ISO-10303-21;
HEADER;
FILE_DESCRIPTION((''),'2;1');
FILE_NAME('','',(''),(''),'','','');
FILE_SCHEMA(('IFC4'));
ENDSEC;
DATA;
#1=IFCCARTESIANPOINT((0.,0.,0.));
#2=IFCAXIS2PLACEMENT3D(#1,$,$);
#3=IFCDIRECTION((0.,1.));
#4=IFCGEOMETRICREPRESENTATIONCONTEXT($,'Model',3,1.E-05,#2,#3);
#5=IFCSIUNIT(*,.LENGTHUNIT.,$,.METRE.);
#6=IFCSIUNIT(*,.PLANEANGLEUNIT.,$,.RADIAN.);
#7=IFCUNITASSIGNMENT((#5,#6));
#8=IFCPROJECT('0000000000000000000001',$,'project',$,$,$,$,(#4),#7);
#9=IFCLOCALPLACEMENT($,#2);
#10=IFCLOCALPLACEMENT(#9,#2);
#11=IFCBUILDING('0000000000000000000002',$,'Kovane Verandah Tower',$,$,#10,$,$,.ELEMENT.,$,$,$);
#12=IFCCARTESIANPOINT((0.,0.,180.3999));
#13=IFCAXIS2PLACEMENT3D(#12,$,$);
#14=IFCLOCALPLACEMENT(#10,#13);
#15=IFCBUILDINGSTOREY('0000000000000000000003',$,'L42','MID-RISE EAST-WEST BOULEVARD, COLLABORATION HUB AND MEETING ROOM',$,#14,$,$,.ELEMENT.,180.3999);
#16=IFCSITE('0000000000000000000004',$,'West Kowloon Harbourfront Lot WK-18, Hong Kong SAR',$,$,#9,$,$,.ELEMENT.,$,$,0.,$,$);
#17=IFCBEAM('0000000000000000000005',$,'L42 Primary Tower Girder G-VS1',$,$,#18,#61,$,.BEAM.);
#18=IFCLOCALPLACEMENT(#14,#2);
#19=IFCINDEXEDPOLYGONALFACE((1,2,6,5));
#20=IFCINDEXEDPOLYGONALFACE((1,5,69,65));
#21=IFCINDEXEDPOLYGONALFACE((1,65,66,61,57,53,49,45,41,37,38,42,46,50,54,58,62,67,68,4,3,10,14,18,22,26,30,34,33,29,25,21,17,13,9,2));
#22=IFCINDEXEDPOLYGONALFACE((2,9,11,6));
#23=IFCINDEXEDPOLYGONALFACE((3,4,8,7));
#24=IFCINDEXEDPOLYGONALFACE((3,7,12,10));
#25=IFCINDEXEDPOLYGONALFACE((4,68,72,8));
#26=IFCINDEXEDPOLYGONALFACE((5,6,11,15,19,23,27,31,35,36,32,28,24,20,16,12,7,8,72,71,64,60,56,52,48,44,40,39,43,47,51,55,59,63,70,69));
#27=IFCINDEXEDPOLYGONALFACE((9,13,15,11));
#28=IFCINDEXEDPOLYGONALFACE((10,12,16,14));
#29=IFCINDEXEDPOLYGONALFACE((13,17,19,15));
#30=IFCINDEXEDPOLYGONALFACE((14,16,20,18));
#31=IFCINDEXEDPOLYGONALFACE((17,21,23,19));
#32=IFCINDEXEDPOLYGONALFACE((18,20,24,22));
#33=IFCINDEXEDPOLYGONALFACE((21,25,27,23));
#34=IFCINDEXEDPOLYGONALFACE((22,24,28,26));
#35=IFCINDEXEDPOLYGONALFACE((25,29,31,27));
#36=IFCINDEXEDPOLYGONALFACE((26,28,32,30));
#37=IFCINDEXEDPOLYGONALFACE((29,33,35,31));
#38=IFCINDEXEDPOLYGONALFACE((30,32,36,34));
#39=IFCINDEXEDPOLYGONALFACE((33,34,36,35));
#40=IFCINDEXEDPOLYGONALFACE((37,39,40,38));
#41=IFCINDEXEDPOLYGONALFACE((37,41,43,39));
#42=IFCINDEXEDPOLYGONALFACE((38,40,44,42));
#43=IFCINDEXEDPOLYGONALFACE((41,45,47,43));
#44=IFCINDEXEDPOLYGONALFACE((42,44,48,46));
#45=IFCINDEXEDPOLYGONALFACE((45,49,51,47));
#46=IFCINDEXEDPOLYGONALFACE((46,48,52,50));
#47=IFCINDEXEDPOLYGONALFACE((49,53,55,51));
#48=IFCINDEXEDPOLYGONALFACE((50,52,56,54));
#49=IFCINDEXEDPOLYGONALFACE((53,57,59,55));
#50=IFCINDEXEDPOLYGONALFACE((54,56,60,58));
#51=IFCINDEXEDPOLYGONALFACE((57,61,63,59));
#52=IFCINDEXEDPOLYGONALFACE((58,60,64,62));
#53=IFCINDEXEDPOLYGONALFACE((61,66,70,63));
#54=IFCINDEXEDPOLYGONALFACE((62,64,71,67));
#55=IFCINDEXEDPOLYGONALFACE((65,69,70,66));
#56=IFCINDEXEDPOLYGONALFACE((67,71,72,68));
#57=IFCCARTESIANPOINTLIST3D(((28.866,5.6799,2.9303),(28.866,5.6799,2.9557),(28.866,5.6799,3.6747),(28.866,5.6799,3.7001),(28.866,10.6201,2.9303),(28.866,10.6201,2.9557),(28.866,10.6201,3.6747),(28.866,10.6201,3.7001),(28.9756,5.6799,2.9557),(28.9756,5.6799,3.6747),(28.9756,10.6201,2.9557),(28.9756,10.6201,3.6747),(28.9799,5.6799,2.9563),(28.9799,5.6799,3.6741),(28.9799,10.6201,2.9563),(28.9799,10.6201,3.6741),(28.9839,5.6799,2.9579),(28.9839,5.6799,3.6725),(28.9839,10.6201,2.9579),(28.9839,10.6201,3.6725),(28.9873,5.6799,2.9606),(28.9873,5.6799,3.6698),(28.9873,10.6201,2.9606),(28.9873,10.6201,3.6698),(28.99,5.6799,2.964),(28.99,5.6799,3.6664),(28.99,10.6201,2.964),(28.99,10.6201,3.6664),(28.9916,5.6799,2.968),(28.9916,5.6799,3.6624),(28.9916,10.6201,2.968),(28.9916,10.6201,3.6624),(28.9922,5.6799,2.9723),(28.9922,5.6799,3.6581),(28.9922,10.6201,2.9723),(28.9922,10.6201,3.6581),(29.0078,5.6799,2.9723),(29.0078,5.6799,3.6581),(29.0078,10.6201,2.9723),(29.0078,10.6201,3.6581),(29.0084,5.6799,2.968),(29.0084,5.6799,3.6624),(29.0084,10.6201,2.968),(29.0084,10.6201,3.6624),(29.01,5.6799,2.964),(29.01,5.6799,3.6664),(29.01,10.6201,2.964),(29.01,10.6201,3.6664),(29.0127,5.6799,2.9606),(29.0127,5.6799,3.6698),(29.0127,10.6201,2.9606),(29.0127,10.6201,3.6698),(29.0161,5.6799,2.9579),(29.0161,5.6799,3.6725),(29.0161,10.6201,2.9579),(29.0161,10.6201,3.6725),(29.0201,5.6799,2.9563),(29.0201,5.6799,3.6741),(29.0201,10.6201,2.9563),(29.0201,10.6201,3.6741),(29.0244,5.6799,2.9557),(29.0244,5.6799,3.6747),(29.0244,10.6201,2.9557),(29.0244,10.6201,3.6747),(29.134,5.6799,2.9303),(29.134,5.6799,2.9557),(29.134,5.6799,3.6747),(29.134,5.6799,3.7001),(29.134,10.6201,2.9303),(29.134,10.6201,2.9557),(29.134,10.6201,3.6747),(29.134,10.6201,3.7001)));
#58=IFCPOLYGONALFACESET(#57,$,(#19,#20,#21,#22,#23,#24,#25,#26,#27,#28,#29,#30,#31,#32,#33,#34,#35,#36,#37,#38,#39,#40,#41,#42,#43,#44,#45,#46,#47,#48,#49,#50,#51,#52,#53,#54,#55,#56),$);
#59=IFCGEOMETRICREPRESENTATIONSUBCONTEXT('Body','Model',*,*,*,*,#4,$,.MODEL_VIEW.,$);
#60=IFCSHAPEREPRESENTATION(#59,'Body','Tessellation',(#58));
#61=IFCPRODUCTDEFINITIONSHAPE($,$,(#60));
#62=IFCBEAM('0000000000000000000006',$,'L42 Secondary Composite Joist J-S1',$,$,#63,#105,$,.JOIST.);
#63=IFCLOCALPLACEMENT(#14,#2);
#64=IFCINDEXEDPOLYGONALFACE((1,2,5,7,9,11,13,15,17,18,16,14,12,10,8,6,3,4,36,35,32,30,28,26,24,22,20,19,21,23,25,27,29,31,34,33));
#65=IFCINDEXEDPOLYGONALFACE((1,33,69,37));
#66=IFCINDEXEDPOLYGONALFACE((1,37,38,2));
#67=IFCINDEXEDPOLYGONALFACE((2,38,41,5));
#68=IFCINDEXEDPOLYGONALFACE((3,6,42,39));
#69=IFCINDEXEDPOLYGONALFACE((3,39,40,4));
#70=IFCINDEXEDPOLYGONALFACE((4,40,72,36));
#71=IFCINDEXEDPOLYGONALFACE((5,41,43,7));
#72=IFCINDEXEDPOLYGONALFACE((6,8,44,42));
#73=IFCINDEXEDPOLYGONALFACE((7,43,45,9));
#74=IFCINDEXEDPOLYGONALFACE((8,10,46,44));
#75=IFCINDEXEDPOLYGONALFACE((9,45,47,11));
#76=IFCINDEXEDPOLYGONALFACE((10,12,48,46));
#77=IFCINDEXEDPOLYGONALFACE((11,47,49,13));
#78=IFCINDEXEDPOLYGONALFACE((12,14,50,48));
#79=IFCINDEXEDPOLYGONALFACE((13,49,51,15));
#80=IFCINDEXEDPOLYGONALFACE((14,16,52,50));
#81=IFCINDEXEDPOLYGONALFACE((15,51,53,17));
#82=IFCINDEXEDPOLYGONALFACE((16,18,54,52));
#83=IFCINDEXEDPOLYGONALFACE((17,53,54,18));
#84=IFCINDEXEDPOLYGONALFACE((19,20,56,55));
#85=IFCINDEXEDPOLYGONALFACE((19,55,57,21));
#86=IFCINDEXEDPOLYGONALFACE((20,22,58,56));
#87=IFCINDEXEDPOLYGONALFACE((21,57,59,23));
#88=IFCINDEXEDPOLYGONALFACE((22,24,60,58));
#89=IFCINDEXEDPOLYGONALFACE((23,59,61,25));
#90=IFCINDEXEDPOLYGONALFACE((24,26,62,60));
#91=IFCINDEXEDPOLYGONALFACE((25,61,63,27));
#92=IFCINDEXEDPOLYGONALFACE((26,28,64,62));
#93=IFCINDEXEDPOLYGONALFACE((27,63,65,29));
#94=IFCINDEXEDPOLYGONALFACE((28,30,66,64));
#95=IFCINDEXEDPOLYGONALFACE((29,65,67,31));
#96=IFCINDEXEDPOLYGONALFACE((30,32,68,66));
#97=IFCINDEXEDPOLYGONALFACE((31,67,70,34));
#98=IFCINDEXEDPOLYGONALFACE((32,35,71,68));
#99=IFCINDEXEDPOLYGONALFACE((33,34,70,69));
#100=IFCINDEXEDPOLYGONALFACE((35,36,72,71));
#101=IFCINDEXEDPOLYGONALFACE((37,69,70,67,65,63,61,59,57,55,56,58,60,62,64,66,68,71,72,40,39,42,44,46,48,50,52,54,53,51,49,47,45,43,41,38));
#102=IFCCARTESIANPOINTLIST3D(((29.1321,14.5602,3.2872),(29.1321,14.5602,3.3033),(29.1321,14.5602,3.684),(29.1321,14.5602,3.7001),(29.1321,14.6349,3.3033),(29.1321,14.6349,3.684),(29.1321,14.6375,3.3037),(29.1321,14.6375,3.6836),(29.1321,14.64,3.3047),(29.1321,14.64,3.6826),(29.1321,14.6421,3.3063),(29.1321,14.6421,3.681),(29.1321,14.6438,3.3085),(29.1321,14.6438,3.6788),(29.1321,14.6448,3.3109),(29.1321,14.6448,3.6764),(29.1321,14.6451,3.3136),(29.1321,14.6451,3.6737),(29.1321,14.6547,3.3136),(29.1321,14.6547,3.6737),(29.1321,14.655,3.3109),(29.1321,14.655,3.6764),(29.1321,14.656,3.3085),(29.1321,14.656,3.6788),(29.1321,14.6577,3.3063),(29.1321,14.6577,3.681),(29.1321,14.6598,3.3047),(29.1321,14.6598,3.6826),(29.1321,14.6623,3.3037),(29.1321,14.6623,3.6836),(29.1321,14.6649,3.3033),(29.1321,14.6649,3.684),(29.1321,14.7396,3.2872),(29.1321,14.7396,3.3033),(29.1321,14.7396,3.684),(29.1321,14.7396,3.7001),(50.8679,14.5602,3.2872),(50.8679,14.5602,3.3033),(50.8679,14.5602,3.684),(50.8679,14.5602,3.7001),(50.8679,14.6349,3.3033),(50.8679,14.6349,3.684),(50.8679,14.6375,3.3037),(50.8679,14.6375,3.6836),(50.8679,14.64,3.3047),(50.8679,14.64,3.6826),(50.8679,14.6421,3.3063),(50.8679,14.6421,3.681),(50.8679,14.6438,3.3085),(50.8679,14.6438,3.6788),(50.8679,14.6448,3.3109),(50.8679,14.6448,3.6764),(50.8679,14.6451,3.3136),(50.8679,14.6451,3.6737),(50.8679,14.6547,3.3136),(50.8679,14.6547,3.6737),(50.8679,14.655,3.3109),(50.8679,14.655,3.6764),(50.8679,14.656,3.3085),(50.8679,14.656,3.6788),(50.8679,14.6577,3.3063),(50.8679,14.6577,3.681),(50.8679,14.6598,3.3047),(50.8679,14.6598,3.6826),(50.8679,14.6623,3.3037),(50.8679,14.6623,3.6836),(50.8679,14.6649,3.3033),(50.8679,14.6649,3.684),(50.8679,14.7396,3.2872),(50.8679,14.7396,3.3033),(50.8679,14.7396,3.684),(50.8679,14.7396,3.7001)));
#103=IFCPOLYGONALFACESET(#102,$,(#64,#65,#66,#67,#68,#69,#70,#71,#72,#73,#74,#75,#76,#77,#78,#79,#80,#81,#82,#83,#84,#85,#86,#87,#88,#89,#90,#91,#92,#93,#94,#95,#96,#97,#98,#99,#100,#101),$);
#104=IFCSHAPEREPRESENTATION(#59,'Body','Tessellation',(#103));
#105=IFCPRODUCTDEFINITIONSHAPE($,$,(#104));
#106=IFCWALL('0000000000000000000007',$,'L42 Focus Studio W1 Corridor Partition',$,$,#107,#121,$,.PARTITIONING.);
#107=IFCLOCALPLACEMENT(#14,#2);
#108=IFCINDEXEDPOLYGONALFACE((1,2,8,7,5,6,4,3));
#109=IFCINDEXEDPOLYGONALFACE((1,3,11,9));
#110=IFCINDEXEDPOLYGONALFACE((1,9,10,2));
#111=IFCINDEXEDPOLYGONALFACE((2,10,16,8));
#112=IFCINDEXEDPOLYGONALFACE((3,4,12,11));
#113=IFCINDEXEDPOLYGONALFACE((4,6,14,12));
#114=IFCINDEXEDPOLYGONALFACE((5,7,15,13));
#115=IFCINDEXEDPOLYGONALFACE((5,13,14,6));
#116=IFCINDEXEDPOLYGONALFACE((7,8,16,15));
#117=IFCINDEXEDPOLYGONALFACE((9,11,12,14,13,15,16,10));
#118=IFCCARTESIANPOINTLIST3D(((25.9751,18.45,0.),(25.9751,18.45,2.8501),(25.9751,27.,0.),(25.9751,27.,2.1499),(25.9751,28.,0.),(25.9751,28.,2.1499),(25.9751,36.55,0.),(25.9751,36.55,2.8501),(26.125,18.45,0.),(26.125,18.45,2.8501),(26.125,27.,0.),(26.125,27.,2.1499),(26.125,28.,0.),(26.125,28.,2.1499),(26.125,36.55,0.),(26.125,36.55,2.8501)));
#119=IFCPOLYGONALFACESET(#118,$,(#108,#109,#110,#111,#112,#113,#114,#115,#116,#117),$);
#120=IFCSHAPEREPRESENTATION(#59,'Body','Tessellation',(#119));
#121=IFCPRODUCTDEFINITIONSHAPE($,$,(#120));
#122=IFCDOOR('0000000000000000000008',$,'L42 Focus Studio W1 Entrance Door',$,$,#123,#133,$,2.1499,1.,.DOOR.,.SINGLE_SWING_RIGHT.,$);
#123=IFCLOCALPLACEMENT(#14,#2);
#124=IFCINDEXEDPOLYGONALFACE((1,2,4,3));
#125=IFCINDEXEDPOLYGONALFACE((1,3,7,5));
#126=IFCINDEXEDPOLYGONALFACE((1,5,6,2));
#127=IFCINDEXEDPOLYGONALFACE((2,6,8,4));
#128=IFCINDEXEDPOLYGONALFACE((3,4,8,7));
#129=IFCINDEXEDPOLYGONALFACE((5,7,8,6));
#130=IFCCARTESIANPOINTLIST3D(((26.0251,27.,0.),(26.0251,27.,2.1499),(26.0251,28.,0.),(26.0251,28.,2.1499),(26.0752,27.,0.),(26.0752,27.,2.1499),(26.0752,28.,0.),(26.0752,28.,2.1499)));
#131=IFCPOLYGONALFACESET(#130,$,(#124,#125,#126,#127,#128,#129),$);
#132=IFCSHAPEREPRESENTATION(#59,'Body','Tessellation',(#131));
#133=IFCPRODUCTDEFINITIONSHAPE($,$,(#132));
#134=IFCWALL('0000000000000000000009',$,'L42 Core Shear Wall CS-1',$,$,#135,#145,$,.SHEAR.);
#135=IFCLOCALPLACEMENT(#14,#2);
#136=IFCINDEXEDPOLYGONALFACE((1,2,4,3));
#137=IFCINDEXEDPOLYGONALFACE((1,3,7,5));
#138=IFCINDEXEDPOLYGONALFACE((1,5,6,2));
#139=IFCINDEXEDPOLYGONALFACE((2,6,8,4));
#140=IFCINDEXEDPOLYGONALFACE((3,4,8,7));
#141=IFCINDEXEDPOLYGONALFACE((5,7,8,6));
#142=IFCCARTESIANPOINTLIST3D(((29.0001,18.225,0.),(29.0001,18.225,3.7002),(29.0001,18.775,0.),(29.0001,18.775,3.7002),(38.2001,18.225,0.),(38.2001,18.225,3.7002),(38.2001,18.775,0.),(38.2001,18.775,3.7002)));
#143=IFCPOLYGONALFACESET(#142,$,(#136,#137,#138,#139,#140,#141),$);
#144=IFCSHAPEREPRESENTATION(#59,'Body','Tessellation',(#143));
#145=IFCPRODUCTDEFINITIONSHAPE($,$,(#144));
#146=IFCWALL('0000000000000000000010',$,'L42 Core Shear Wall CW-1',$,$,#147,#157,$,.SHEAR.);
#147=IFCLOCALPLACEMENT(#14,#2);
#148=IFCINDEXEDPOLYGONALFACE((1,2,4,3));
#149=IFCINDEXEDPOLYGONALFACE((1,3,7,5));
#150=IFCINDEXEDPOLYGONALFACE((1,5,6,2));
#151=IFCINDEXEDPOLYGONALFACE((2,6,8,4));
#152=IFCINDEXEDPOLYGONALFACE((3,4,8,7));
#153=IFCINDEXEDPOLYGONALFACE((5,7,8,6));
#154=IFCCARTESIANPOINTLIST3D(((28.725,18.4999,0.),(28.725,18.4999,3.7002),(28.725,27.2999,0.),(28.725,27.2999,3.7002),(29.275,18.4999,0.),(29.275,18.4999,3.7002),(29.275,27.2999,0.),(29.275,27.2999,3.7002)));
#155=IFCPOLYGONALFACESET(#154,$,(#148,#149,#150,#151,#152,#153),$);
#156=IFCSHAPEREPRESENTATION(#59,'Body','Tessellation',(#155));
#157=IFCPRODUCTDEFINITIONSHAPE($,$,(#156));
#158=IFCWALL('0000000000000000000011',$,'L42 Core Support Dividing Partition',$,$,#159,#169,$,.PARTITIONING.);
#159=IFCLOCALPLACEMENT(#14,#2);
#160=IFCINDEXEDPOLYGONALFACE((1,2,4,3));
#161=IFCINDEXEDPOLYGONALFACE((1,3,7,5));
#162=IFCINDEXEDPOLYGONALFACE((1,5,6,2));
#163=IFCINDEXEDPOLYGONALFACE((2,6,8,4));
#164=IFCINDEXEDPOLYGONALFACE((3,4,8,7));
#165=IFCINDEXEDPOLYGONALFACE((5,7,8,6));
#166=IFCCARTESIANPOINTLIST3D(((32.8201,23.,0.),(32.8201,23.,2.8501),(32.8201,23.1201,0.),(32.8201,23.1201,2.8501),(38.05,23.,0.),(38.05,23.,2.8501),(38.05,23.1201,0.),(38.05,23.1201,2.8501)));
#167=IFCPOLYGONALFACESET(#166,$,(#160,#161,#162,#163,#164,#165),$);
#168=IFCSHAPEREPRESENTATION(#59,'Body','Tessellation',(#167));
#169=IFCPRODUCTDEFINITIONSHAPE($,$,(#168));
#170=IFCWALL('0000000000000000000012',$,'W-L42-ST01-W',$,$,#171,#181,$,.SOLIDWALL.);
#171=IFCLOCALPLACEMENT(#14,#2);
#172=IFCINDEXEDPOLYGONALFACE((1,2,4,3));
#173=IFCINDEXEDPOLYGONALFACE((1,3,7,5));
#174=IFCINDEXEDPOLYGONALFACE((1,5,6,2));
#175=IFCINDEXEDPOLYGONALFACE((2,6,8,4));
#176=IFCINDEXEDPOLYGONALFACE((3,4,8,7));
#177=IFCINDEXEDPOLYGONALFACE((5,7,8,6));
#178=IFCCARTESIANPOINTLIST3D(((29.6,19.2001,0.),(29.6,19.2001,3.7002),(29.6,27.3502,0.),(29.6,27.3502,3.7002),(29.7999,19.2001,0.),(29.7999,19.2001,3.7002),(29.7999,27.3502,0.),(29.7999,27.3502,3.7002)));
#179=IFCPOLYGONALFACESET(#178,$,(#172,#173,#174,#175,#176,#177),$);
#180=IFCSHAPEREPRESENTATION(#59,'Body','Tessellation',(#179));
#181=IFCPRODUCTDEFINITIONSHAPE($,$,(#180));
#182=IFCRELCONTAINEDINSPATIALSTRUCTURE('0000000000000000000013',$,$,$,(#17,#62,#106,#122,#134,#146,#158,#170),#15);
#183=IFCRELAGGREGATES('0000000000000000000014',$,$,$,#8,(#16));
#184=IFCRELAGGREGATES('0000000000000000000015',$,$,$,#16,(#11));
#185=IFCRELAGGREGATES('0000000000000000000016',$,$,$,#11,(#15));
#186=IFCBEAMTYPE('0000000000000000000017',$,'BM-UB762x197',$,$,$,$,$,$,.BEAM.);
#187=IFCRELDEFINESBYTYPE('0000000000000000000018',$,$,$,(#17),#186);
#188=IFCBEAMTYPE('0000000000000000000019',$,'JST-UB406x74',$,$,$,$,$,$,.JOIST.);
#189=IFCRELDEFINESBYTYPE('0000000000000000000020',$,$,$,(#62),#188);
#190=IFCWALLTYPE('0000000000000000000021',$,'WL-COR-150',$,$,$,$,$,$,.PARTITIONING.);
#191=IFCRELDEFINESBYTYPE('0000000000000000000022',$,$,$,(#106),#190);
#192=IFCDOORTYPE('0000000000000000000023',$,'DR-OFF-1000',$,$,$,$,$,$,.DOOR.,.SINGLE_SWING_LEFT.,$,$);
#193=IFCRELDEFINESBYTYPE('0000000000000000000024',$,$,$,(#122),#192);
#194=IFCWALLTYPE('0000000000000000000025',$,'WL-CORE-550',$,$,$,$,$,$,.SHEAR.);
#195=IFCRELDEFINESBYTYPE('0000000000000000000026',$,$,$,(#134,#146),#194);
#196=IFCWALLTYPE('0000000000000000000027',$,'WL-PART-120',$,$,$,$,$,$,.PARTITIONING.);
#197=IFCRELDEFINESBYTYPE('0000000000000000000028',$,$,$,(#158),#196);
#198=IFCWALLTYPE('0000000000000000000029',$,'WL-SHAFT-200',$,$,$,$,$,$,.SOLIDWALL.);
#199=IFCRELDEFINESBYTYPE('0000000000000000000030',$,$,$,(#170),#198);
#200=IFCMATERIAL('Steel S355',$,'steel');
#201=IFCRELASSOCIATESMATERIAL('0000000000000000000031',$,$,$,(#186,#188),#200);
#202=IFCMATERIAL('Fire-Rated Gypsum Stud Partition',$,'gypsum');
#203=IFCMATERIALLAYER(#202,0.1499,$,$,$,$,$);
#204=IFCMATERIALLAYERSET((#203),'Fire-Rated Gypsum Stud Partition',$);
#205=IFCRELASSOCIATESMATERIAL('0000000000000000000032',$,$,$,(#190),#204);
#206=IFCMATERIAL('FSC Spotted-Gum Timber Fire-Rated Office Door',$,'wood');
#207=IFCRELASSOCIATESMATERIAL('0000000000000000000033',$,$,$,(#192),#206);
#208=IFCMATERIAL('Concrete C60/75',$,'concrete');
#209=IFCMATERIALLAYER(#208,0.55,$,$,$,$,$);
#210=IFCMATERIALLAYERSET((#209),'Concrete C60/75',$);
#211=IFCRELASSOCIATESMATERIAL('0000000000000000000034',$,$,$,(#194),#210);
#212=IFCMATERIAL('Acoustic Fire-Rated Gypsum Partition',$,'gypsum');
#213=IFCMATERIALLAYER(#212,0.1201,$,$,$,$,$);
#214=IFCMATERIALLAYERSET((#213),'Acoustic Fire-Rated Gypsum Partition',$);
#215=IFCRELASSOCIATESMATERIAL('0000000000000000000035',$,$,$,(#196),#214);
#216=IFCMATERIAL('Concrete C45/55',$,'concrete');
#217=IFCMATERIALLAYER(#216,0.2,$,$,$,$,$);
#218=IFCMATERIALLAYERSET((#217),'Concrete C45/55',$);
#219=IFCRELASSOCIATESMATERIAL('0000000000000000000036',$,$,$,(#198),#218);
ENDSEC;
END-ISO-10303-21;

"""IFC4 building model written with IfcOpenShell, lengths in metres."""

from ifc_helpers import new_model, si_unit, direction, frame, frame_2d, origin, origin_2d, place, context, subcontext, project, spatial, rectangle, i_section, extrude, material, layer, layer_set, material_profile, profile_set, type_object, element, fill, save


model = new_model("IFC4")

# Units and contexts
model_context = context("Model", 3, precision=1e-05, world=origin(), true_north=direction((0.0, 1.0)))
body_context = subcontext(model_context, "Body", "Model", "MODEL_VIEW")
ifc_project = project(units=[si_unit("LENGTHUNIT", "METRE"), si_unit("PLANEANGLEUNIT", "RADIAN")], contexts=[model_context])

# Site, building, storey
site_placement = place(None, origin())
site = spatial("IfcSite", under=ifc_project, at=site_placement, Name="West Kowloon Harbourfront Lot WK-18, Hong Kong SAR", CompositionType="ELEMENT", RefElevation=0.0)
building_placement = place(site_placement, origin())
building = spatial("IfcBuilding", under=site, at=building_placement, Name="Kovane Verandah Tower", CompositionType="ELEMENT")
storey_placement = place(building_placement, frame((0.0, 0.0, 180.3999)))
storey = spatial("IfcBuildingStorey", under=building, at=storey_placement, Name="L42", Description="MID-RISE EAST-WEST BOULEVARD, COLLABORATION HUB AND MEETING ROOM", CompositionType="ELEMENT", Elevation=180.3999)

# Beams
ifc_material_1 = material(Name="Steel S355", Category="steel")
ifc_material_profile_1 = material_profile(ifc_material_1, i_section(OverallWidth=0.2681, OverallDepth=0.7698, WebThickness=0.0156, FlangeThickness=0.0254, FilletRadius=0.0166, at=origin_2d()), Name="UB762x267x197")
ifc_profile_set_1 = profile_set([ifc_material_profile_1], Name="Steel S355")
beam_type_1 = type_object("IfcBeamType", Name="BM-UB762x197", PredefinedType="BEAM", material=ifc_profile_set_1)
beam_1_placement = place(storey_placement, frame((29.0, 10.6201, 3.3152), z_axis=(0.0, -1.0, 0.0), x_axis=(1.0, 0.0, 0.0)))
element("IfcBeam", 1, at=beam_1_placement, inside=storey, type_object=beam_type_1, Name="L42 Primary Tower Girder G-VS1", PredefinedType="BEAM", context=body_context, shape_type="SweptSolid", body=[
    extrude(i_section(OverallWidth=0.2681, OverallDepth=0.7698, WebThickness=0.0156, FlangeThickness=0.0254, FilletRadius=0.0166, at=origin_2d()), origin(), (0.0, 0.0, 1.0), 4.9402),
])
ifc_material_profile_2 = material_profile(ifc_material_1, i_section(OverallWidth=0.1794, OverallDepth=0.4128, WebThickness=0.0095, FlangeThickness=0.0161, FilletRadius=0.0103, at=origin_2d()), Name="UB406x178x74")
ifc_profile_set_2 = profile_set([ifc_material_profile_2], Name="Steel S355")
beam_type_2 = type_object("IfcBeamType", Name="JST-UB406x74", PredefinedType="JOIST", material=ifc_profile_set_2)
beam_2_placement = place(storey_placement, frame((29.1321, 14.6499, 3.4937), z_axis=(1.0, 0.0, 0.0), x_axis=(0.0, 1.0, 0.0)))
element("IfcBeam", 2, at=beam_2_placement, inside=storey, type_object=beam_type_2, Name="L42 Secondary Composite Joist J-S1", PredefinedType="JOIST", context=body_context, shape_type="SweptSolid", body=[
    extrude(i_section(OverallWidth=0.1794, OverallDepth=0.4128, WebThickness=0.0095, FlangeThickness=0.0161, FilletRadius=0.0103, at=origin_2d()), origin(), (0.0, 0.0, 1.0), 21.7358),
])

# Wall, opening, door
ifc_material_2 = material(Name="Fire-Rated Gypsum Stud Partition", Category="gypsum")
ifc_layer_1 = layer(ifc_material_2, 0.1499)
ifc_layer_set_1 = layer_set([ifc_layer_1], Name="Fire-Rated Gypsum Stud Partition")
wall_type_1 = type_object("IfcWallType", Name="WL-COR-150", PredefinedType="PARTITIONING", material=ifc_layer_set_1)
wall_1_placement = place(storey_placement, frame((26.05, 18.45, 0.0), z_axis=(0.0, 0.0, 1.0), x_axis=(0.0, 1.0, 0.0)))
wall_1 = element("IfcWall", 3, at=wall_1_placement, inside=storey, type_object=wall_type_1, Name="L42 Focus Studio W1 Corridor Partition", PredefinedType="PARTITIONING", context=body_context, shape_type="SweptSolid", body=[
    extrude(rectangle(XDim=18.1001, YDim=0.1499, at=frame_2d((9.05, 0.0))), origin(), (0.0, 0.0, 1.0), 2.8501),
])
opening_placement = place(wall_1_placement, frame((8.55, 0.0, 0.0)))
opening = element("IfcOpeningElement", 4, at=opening_placement, cuts=wall_1, PredefinedType="OPENING", context=body_context, shape_type="SweptSolid", body=[
    extrude(rectangle(XDim=1.0, YDim=2.1499, at=frame_2d((0.5, 1.075))), frame((0.0, 0.075, 0.0), z_axis=(0.0, -1.0, 0.0), x_axis=(1.0, 0.0, 0.0)), (0.0, 0.0, 1.0), 0.1499),
])
ifc_material_3 = material(Name="FSC Spotted-Gum Timber Fire-Rated Office Door", Category="wood")
door_type = type_object("IfcDoorType", Name="DR-OFF-1000", OperationType="SINGLE_SWING_LEFT", PredefinedType="DOOR", material=ifc_material_3)
door_placement = place(opening_placement, origin())
door = element("IfcDoor", 5, at=door_placement, inside=storey, type_object=door_type, Name="L42 Focus Studio W1 Entrance Door", OperationType="SINGLE_SWING_RIGHT", OverallHeight=2.1499, OverallWidth=1.0, PredefinedType="DOOR", context=body_context, shape_type="SweptSolid", body=[
    extrude(rectangle(XDim=1.0, YDim=2.1499, at=frame_2d((0.5, 1.075))), frame((0.0, 0.0249, 0.0), z_axis=(0.0, -1.0, 0.0), x_axis=(1.0, 0.0, 0.0)), (0.0, 0.0, 1.0), 0.05),
])
fill(opening, door)

# Walls
ifc_material_4 = material(Name="Concrete C60/75", Category="concrete")
ifc_layer_2 = layer(ifc_material_4, 0.55)
ifc_layer_set_2 = layer_set([ifc_layer_2], Name="Concrete C60/75")
wall_type_2 = type_object("IfcWallType", Name="WL-CORE-550", PredefinedType="SHEAR", material=ifc_layer_set_2)
wall_2_placement = place(storey_placement, frame((29.0, 18.5, 0.0), z_axis=(0.0, 0.0, 1.0), x_axis=(1.0, 0.0, 0.0)))
element("IfcWall", 6, at=wall_2_placement, inside=storey, type_object=wall_type_2, Name="L42 Core Shear Wall CS-1", PredefinedType="SHEAR", context=body_context, shape_type="SweptSolid", body=[
    extrude(rectangle(XDim=9.2, YDim=0.55, at=frame_2d((4.6001, 0.0))), origin(), (0.0, 0.0, 1.0), 3.7002),
])
wall_3_placement = place(storey_placement, frame((29.0, 18.5, 0.0), z_axis=(0.0, 0.0, 1.0), x_axis=(0.0, 1.0, 0.0)))
element("IfcWall", 7, at=wall_3_placement, inside=storey, type_object=wall_type_2, Name="L42 Core Shear Wall CW-1", PredefinedType="SHEAR", context=body_context, shape_type="SweptSolid", body=[
    extrude(rectangle(XDim=8.8, YDim=0.55, at=frame_2d((4.3999, 0.0))), origin(), (0.0, 0.0, 1.0), 3.7002),
])
ifc_material_5 = material(Name="Acoustic Fire-Rated Gypsum Partition", Category="gypsum")
ifc_layer_3 = layer(ifc_material_5, 0.1201)
ifc_layer_set_3 = layer_set([ifc_layer_3], Name="Acoustic Fire-Rated Gypsum Partition")
wall_type_3 = type_object("IfcWallType", Name="WL-PART-120", PredefinedType="PARTITIONING", material=ifc_layer_set_3)
wall_4_placement = place(storey_placement, frame((32.8201, 23.0601, 0.0), z_axis=(0.0, 0.0, 1.0), x_axis=(1.0, 0.0, 0.0)))
element("IfcWall", 8, at=wall_4_placement, inside=storey, type_object=wall_type_3, Name="L42 Core Support Dividing Partition", PredefinedType="PARTITIONING", context=body_context, shape_type="SweptSolid", body=[
    extrude(rectangle(XDim=5.23, YDim=0.1201, at=frame_2d((2.615, 0.0))), origin(), (0.0, 0.0, 1.0), 2.8501),
])
ifc_material_6 = material(Name="Concrete C45/55", Category="concrete")
ifc_layer_4 = layer(ifc_material_6, 0.2)
ifc_layer_set_4 = layer_set([ifc_layer_4], Name="Concrete C45/55")
wall_type_4 = type_object("IfcWallType", Name="WL-SHAFT-200", PredefinedType="SOLIDWALL", material=ifc_layer_set_4)
wall_5_placement = place(storey_placement, frame((29.7, 19.2, 0.0), z_axis=(0.0, 0.0, 1.0), x_axis=(0.0, 1.0, 0.0)))
element("IfcWall", 9, at=wall_5_placement, inside=storey, type_object=wall_type_4, Name="W-L42-ST01-W", PredefinedType="SOLIDWALL", context=body_context, shape_type="SweptSolid", body=[
    extrude(rectangle(XDim=8.1501, YDim=0.2, at=frame_2d((4.0752, 0.0))), origin(), (0.0, 0.0, 1.0), 3.7002),
])

save(model, "model.ifc")
